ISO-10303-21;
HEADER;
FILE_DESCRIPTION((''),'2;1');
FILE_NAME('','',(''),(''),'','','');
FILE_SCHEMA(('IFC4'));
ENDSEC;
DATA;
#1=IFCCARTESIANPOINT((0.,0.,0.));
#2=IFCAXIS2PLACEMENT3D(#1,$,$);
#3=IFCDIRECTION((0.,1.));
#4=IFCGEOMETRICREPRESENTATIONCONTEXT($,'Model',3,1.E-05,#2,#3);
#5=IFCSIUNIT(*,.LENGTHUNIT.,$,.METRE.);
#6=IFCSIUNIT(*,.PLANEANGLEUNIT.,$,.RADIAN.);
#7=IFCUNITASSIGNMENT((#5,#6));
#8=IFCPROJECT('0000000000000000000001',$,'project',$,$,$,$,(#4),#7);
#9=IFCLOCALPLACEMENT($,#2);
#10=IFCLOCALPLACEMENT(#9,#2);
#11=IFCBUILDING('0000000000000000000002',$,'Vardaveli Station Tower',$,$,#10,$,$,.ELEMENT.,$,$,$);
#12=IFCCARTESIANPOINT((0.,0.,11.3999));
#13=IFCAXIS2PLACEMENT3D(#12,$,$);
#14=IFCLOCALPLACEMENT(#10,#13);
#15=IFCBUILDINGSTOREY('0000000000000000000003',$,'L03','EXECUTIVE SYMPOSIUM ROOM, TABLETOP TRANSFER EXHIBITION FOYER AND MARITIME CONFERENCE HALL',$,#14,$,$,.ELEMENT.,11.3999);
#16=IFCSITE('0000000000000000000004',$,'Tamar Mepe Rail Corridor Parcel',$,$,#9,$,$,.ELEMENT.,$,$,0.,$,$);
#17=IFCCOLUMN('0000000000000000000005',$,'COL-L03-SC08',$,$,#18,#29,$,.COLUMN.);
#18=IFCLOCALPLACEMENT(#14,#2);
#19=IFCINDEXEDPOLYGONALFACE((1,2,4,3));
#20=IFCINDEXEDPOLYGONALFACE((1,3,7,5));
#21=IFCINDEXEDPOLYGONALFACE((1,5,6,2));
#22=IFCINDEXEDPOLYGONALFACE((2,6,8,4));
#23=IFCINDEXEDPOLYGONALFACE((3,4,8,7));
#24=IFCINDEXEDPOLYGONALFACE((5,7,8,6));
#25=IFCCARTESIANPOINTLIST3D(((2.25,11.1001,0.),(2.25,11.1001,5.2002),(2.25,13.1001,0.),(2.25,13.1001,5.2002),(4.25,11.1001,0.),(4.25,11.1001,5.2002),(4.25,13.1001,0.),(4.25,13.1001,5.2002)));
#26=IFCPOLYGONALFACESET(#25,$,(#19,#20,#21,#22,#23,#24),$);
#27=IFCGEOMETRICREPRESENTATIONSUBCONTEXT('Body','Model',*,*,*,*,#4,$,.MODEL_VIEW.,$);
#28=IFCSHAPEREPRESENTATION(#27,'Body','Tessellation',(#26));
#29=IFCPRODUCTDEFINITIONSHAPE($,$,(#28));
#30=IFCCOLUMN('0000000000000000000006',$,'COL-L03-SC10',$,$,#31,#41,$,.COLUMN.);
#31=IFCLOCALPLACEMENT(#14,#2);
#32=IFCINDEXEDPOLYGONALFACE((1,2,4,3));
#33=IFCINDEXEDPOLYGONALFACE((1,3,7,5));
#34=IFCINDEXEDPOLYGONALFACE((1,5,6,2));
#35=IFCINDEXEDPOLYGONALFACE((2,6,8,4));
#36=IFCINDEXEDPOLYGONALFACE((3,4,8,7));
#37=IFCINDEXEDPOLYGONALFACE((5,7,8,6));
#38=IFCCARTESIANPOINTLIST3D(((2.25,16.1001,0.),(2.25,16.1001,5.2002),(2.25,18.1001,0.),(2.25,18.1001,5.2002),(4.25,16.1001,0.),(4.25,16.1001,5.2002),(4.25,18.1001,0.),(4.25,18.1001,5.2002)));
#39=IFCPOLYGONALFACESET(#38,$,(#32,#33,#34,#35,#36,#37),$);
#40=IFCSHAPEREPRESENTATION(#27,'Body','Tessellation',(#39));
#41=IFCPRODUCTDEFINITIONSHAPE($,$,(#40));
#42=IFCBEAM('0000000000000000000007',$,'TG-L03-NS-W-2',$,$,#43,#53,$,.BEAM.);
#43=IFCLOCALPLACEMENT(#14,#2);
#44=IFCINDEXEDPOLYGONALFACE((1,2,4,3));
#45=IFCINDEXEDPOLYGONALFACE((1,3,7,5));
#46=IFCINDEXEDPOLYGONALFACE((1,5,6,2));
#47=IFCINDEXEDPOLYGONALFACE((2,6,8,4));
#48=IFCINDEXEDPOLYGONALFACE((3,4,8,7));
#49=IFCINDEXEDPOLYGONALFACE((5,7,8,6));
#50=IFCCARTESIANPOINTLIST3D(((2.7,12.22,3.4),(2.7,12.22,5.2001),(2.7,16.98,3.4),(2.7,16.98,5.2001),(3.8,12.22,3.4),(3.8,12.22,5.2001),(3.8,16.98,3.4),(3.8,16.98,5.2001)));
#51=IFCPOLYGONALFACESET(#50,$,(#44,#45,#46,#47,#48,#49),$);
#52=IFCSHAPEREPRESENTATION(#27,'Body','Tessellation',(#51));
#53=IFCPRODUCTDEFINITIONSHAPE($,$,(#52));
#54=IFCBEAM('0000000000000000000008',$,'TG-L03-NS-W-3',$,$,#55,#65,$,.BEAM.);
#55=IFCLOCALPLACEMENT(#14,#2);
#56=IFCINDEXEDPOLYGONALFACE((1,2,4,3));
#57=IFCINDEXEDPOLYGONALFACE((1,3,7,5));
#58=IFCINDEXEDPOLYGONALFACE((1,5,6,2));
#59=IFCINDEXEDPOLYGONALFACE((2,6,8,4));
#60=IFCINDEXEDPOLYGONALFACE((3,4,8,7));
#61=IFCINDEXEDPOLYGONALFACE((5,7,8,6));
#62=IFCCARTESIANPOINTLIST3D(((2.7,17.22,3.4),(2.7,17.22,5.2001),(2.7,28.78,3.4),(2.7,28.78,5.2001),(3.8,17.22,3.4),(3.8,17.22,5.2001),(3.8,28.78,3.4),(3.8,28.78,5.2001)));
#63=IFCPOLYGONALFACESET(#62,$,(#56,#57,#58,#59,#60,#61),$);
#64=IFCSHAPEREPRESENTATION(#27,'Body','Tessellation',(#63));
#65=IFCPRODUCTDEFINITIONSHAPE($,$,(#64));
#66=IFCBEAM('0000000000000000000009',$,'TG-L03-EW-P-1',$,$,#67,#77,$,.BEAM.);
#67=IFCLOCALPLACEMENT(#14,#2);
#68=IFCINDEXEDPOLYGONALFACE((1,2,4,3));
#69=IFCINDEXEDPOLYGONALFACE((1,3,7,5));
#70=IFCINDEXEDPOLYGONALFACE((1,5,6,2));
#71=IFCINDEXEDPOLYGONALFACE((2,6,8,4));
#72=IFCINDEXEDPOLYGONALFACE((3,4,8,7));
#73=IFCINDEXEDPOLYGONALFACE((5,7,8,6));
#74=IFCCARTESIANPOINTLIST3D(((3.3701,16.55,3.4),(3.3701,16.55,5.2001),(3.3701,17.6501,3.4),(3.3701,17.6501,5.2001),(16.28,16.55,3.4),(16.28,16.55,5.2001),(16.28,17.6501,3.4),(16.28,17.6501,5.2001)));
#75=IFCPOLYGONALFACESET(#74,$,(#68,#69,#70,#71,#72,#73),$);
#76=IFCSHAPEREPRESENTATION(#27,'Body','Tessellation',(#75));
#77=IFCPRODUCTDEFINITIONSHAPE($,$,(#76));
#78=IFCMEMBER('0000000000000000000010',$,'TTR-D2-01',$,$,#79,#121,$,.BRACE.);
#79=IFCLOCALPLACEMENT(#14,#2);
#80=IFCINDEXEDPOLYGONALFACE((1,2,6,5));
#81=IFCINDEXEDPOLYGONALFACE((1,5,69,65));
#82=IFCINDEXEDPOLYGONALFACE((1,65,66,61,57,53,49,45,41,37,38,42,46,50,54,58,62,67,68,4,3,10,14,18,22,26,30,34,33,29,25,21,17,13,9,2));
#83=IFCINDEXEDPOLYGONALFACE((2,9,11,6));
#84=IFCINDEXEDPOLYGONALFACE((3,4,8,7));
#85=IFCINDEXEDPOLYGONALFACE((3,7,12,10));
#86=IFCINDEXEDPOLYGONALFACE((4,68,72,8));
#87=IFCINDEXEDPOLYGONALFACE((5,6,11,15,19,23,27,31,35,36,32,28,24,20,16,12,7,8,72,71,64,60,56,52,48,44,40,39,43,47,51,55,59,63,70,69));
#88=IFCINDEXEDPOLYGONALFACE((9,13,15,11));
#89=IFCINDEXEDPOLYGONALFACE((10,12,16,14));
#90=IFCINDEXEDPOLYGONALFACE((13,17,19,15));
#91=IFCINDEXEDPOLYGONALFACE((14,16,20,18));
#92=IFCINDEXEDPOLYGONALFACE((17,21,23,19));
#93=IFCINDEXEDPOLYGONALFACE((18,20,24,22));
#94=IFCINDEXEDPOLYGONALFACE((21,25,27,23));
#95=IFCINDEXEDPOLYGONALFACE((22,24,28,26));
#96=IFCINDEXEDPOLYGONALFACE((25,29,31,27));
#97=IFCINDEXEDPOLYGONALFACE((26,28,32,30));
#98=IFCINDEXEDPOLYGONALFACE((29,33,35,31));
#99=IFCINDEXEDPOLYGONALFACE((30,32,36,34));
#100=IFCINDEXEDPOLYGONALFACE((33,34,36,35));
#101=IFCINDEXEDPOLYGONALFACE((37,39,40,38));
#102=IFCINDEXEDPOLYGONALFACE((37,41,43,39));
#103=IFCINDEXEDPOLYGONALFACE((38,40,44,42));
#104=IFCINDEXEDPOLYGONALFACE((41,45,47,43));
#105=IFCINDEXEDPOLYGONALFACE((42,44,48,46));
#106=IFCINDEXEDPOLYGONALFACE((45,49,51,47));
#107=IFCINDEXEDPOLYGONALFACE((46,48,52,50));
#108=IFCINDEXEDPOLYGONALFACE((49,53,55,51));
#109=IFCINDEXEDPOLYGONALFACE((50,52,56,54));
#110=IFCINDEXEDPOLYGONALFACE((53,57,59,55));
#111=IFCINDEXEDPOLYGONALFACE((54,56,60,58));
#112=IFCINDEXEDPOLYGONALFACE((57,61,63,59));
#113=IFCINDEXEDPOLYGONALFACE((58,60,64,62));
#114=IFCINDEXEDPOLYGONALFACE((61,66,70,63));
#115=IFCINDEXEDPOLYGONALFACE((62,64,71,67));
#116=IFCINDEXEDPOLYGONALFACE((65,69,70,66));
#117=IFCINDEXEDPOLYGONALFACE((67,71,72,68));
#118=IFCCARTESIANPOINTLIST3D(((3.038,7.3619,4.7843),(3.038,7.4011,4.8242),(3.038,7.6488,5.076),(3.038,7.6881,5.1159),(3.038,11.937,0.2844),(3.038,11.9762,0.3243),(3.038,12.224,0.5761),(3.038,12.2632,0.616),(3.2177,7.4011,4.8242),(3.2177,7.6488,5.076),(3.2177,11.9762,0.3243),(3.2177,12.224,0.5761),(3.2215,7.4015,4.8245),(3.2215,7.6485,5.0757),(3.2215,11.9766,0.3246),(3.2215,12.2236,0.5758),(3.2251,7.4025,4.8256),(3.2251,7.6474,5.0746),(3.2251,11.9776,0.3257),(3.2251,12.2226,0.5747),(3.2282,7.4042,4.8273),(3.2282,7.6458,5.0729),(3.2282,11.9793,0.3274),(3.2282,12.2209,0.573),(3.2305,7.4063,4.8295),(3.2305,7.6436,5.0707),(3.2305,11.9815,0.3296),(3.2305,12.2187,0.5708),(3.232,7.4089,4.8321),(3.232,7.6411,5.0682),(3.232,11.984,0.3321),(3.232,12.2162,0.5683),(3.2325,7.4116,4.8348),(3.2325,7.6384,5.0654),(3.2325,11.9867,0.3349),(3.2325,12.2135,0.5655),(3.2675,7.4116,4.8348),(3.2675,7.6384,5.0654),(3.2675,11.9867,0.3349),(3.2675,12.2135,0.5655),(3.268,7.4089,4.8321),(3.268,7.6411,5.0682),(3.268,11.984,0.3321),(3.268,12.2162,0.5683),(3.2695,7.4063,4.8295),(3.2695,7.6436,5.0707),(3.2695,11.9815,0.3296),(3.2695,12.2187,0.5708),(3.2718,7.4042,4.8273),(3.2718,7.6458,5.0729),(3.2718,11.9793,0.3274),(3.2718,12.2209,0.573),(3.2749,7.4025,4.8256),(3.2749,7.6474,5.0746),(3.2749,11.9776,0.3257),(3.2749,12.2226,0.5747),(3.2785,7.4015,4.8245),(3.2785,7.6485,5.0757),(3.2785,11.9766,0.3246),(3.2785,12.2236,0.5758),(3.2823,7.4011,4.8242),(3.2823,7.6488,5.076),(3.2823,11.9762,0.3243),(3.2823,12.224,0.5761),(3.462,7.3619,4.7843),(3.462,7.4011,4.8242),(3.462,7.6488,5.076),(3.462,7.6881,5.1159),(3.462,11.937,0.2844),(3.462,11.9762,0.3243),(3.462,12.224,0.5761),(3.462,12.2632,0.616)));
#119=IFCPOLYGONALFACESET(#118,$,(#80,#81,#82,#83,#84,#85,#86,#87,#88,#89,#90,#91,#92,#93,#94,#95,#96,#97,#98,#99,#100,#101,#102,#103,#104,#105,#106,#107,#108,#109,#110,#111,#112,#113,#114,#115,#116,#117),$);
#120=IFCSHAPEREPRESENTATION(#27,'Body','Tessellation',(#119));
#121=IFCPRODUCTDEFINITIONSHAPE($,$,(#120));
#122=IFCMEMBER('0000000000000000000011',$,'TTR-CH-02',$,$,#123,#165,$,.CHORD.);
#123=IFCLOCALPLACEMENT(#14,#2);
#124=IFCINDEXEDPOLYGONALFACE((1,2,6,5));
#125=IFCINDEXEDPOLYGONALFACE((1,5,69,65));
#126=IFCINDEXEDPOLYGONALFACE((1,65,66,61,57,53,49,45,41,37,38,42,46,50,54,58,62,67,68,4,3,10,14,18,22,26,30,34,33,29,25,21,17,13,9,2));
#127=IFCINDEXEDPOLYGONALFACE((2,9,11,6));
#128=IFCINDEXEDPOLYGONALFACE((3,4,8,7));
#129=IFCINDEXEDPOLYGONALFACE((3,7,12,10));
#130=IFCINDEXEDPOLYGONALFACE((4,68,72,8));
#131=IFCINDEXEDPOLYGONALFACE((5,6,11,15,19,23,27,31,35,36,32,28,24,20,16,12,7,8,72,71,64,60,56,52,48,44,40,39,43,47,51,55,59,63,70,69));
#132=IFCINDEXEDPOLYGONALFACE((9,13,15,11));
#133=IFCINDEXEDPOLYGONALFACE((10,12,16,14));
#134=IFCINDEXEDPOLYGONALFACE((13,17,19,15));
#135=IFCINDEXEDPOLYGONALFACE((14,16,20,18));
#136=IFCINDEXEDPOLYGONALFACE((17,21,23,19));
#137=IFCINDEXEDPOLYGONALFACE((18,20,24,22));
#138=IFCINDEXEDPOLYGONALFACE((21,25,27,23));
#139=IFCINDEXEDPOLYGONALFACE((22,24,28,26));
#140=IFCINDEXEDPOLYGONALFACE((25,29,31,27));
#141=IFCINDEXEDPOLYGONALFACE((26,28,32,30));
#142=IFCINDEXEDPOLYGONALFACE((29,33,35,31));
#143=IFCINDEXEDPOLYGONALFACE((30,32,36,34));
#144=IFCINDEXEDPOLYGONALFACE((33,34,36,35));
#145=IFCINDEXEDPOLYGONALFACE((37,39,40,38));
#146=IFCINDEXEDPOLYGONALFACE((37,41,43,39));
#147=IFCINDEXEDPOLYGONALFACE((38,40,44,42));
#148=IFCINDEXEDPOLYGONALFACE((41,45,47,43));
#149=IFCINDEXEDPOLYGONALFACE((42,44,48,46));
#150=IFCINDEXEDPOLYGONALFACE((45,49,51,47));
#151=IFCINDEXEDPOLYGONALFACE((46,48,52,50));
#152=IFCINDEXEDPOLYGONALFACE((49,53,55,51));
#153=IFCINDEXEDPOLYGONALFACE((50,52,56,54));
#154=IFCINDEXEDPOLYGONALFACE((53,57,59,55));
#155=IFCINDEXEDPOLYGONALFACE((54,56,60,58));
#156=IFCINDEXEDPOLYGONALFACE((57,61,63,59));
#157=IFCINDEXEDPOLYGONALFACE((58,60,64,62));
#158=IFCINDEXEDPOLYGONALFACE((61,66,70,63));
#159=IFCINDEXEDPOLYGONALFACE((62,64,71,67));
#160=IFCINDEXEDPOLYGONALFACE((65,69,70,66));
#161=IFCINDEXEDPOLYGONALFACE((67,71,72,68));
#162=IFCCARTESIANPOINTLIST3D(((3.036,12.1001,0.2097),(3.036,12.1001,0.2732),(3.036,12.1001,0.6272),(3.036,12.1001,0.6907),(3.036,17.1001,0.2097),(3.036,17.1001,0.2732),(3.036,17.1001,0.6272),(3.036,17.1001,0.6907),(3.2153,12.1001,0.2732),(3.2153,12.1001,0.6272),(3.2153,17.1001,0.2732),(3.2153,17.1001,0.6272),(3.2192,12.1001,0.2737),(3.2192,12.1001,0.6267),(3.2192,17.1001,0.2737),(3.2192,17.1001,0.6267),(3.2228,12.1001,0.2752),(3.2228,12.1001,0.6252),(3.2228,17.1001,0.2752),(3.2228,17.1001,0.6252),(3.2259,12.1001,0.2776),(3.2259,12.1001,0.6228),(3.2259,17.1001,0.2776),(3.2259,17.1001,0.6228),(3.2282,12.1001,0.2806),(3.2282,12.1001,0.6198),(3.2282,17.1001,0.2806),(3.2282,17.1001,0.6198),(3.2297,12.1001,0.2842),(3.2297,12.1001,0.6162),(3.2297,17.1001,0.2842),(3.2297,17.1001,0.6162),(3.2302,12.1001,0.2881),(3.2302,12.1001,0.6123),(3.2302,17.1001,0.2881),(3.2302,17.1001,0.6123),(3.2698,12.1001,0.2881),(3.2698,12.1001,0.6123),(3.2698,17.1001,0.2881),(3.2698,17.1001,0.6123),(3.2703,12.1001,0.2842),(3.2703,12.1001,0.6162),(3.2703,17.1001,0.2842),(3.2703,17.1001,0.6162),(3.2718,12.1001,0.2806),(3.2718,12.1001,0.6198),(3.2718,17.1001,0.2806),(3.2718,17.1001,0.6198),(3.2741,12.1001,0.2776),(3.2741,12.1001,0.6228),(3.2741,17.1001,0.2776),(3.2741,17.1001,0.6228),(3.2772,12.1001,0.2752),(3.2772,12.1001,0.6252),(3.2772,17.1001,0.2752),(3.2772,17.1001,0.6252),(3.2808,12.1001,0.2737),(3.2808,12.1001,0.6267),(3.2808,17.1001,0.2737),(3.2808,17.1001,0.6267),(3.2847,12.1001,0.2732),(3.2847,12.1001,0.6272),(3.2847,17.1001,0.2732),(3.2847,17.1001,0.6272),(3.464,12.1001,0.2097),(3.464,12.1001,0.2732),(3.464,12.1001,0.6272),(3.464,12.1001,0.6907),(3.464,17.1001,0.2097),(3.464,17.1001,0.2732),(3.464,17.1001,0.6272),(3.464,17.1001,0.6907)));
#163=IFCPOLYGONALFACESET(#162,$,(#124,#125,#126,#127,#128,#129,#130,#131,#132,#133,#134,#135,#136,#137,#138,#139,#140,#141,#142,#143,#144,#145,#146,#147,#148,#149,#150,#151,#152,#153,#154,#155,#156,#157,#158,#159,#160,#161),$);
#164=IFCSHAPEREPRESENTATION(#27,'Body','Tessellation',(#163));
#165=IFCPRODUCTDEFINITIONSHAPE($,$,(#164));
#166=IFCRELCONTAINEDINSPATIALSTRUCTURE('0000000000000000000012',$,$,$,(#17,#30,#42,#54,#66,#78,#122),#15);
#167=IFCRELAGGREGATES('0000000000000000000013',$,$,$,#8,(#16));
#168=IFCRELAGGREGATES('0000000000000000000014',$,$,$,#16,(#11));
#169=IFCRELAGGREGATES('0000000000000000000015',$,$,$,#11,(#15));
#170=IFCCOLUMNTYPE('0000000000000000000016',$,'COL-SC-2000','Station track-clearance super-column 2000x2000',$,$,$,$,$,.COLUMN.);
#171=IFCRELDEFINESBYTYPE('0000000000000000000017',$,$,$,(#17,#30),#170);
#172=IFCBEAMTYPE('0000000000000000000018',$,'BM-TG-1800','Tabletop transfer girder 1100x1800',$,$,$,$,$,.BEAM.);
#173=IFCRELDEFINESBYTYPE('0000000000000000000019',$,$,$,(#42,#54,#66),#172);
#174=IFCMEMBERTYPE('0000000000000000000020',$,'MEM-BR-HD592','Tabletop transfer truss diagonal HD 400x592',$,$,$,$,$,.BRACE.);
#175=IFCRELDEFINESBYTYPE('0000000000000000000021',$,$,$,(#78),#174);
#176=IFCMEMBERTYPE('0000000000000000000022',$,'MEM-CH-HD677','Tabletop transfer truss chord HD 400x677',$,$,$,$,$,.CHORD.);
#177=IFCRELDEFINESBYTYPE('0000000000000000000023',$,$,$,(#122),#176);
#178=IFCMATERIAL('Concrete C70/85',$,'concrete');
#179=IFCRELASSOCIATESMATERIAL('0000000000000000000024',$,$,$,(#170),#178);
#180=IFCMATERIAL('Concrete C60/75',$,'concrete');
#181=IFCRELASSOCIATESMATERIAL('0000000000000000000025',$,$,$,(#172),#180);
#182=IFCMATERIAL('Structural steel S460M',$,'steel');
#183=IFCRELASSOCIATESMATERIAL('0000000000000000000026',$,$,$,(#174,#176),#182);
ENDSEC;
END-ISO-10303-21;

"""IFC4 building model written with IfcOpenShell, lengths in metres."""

from ifc_helpers import new_model, si_unit, direction, frame, origin, origin_2d, place, context, subcontext, project, spatial, rectangle, i_section, extrude, source, transform, mapped, material, material_profile, profile_set, type_object, element, save


model = new_model("IFC4")

# Units and contexts
model_context = context("Model", 3, precision=1e-05, world=origin(), true_north=direction((0.0, 1.0)))
body_context = subcontext(model_context, "Body", "Model", "MODEL_VIEW")
ifc_project = project(units=[si_unit("LENGTHUNIT", "METRE"), si_unit("PLANEANGLEUNIT", "RADIAN")], contexts=[model_context])

# Site, building, storey
site_placement = place(None, origin())
site = spatial("IfcSite", under=ifc_project, at=site_placement, Name="Tamar Mepe Rail Corridor Parcel", CompositionType="ELEMENT", RefElevation=0.0)
building_placement = place(site_placement, origin())
building = spatial("IfcBuilding", under=site, at=building_placement, Name="Vardaveli Station Tower", CompositionType="ELEMENT")
storey_placement = place(building_placement, frame((0.0, 0.0, 11.3999)))
storey = spatial("IfcBuildingStorey", under=building, at=storey_placement, Name="L03", Description="EXECUTIVE SYMPOSIUM ROOM, TABLETOP TRANSFER EXHIBITION FOYER AND MARITIME CONFERENCE HALL", CompositionType="ELEMENT", Elevation=11.3999)

# Columns
ifc_material_1 = material(Name="Concrete C70/85", Category="concrete")
ifc_material_profile_1 = material_profile(ifc_material_1, rectangle(XDim=2.0, YDim=2.0, at=origin_2d()), Name="SC 2000x2000")
ifc_profile_set_1 = profile_set([ifc_material_profile_1], Name="Concrete C70/85")
column_type = type_object("IfcColumnType", Name="COL-SC-2000", Description="Station track-clearance super-column 2000x2000", PredefinedType="COLUMN", material=ifc_profile_set_1)
shared_shape_1 = source(origin(), body_context, "Body", "SweptSolid", [
    extrude(rectangle(XDim=2.0, YDim=2.0, at=origin_2d()), origin(), (0.0, 0.0, 1.0), 5.2002),
])
for number, where, z_axis, x_axis, name in (
    (1, (3.25, 12.1001, 0.0), (0.0, 0.0, 1.0), (1.0, 0.0, 0.0), "COL-L03-SC08"),
    (2, (3.25, 17.1001, 0.0), (0.0, 0.0, 1.0), (1.0, 0.0, 0.0), "COL-L03-SC10"),
):
    element("IfcColumn", number, at=place(storey_placement, frame(where, z_axis=z_axis, x_axis=x_axis)), inside=storey, type_object=column_type, Name=name, PredefinedType="COLUMN", context=body_context, shape_type="MappedRepresentation", body=[
        mapped(shared_shape_1, transform((0.0, 0.0, 0.0), scale=1.0)),
    ])

# Beams
ifc_material_2 = material(Name="Concrete C60/75", Category="concrete")
ifc_material_profile_2 = material_profile(ifc_material_2, rectangle(XDim=1.1001, YDim=1.8, at=origin_2d()), Name="TG 1100x1800")
ifc_profile_set_2 = profile_set([ifc_material_profile_2], Name="Concrete C60/75")
beam_type_1 = type_object("IfcBeamType", Name="BM-TG-1800", Description="Tabletop transfer girder 1100x1800", PredefinedType="BEAM", material=ifc_profile_set_2)
shared_shape_2 = source(origin(), body_context, "Body", "SweptSolid", [
    extrude(rectangle(XDim=1.1001, YDim=1.8, at=origin_2d()), origin(), (0.0, 0.0, 1.0), 4.76),
])
beam_1_placement = place(storey_placement, frame((3.25, 12.22, 4.3), z_axis=(0.0, 1.0, 0.0), x_axis=(-1.0, 0.0, 0.0)))
element("IfcBeam", 3, at=beam_1_placement, inside=storey, type_object=beam_type_1, Name="TG-L03-NS-W-2", PredefinedType="BEAM", context=body_context, shape_type="MappedRepresentation", body=[
    mapped(shared_shape_2, transform((0.0, 0.0, 0.0), scale=1.0)),
])
shared_shape_3 = source(origin(), body_context, "Body", "SweptSolid", [
    extrude(rectangle(XDim=1.1001, YDim=1.8, at=origin_2d()), origin(), (0.0, 0.0, 1.0), 11.5601),
])
beam_2_placement = place(storey_placement, frame((3.25, 17.22, 4.3), z_axis=(0.0, 1.0, 0.0), x_axis=(-1.0, 0.0, 0.0)))
element("IfcBeam", 4, at=beam_2_placement, inside=storey, type_object=beam_type_1, Name="TG-L03-NS-W-3", PredefinedType="BEAM", context=body_context, shape_type="MappedRepresentation", body=[
    mapped(shared_shape_3, transform((0.0, 0.0, 0.0), scale=1.0)),
])
shared_shape_4 = source(origin(), body_context, "Body", "SweptSolid", [
    extrude(rectangle(XDim=1.1001, YDim=1.8, at=origin_2d()), origin(), (0.0, 0.0, 1.0), 12.9099),
])
beam_3_placement = place(storey_placement, frame((3.3701, 17.1001, 4.3), z_axis=(1.0, 0.0, 0.0), x_axis=(0.0, 1.0, 0.0)))
element("IfcBeam", 5, at=beam_3_placement, inside=storey, type_object=beam_type_1, Name="TG-L03-EW-P-1", PredefinedType="BEAM", context=body_context, shape_type="MappedRepresentation", body=[
    mapped(shared_shape_4, transform((0.0, 0.0, 0.0), scale=1.0)),
])

# Members
ifc_material_3 = material(Name="Structural steel S460M", Category="steel")
ifc_material_profile_3 = material_profile(ifc_material_3, i_section(OverallWidth=0.4241, OverallDepth=0.4651, WebThickness=0.0349, FlangeThickness=0.0559, FilletRadius=0.0149, at=origin_2d()), Name="HD 400x592")
ifc_profile_set_3 = profile_set([ifc_material_profile_3], Name="Structural steel S460M")
member_type_1 = type_object("IfcMemberType", Name="MEM-BR-HD592", Description="Tabletop transfer truss diagonal HD 400x592", PredefinedType="BRACE", material=ifc_profile_set_3)
shared_shape_5 = source(origin(), body_context, "Body", "SweptSolid", [
    extrude(i_section(OverallWidth=0.4241, OverallDepth=0.4651, WebThickness=0.0349, FlangeThickness=0.0559, FilletRadius=0.0149, at=origin_2d()), origin(), (0.0, 0.0, 1.0), 6.4172),
])
member_1_placement = place(storey_placement, frame((3.25, 12.1001, 0.4502), z_axis=(0.0, -0.712941, 0.701224), x_axis=(1.0, 0.0, 0.0)))
element("IfcMember", 6, at=member_1_placement, inside=storey, type_object=member_type_1, Name="TTR-D2-01", PredefinedType="BRACE", context=body_context, shape_type="MappedRepresentation", body=[
    mapped(shared_shape_5, transform((0.0, 0.0, 0.0), scale=1.0)),
])
ifc_material_profile_4 = material_profile(ifc_material_3, i_section(OverallWidth=0.428, OverallDepth=0.481, WebThickness=0.0396, FlangeThickness=0.0635, FilletRadius=0.0149, at=origin_2d()), Name="HD 400x677")
ifc_profile_set_4 = profile_set([ifc_material_profile_4], Name="Structural steel S460M")
member_type_2 = type_object("IfcMemberType", Name="MEM-CH-HD677", Description="Tabletop transfer truss chord HD 400x677", PredefinedType="CHORD", material=ifc_profile_set_4)
shared_shape_6 = source(origin(), body_context, "Body", "SweptSolid", [
    extrude(i_section(OverallWidth=0.428, OverallDepth=0.481, WebThickness=0.0396, FlangeThickness=0.0635, FilletRadius=0.0149, at=origin_2d()), origin(), (0.0, 0.0, 1.0), 5.0),
])
member_2_placement = place(storey_placement, frame((3.25, 12.1001, 0.4502), z_axis=(0.0, 1.0, 0.0), x_axis=(-1.0, 0.0, 0.0)))
element("IfcMember", 7, at=member_2_placement, inside=storey, type_object=member_type_2, Name="TTR-CH-02", PredefinedType="CHORD", context=body_context, shape_type="MappedRepresentation", body=[
    mapped(shared_shape_6, transform((0.0, 0.0, 0.0), scale=1.0)),
])

save(model, "model.ifc")
